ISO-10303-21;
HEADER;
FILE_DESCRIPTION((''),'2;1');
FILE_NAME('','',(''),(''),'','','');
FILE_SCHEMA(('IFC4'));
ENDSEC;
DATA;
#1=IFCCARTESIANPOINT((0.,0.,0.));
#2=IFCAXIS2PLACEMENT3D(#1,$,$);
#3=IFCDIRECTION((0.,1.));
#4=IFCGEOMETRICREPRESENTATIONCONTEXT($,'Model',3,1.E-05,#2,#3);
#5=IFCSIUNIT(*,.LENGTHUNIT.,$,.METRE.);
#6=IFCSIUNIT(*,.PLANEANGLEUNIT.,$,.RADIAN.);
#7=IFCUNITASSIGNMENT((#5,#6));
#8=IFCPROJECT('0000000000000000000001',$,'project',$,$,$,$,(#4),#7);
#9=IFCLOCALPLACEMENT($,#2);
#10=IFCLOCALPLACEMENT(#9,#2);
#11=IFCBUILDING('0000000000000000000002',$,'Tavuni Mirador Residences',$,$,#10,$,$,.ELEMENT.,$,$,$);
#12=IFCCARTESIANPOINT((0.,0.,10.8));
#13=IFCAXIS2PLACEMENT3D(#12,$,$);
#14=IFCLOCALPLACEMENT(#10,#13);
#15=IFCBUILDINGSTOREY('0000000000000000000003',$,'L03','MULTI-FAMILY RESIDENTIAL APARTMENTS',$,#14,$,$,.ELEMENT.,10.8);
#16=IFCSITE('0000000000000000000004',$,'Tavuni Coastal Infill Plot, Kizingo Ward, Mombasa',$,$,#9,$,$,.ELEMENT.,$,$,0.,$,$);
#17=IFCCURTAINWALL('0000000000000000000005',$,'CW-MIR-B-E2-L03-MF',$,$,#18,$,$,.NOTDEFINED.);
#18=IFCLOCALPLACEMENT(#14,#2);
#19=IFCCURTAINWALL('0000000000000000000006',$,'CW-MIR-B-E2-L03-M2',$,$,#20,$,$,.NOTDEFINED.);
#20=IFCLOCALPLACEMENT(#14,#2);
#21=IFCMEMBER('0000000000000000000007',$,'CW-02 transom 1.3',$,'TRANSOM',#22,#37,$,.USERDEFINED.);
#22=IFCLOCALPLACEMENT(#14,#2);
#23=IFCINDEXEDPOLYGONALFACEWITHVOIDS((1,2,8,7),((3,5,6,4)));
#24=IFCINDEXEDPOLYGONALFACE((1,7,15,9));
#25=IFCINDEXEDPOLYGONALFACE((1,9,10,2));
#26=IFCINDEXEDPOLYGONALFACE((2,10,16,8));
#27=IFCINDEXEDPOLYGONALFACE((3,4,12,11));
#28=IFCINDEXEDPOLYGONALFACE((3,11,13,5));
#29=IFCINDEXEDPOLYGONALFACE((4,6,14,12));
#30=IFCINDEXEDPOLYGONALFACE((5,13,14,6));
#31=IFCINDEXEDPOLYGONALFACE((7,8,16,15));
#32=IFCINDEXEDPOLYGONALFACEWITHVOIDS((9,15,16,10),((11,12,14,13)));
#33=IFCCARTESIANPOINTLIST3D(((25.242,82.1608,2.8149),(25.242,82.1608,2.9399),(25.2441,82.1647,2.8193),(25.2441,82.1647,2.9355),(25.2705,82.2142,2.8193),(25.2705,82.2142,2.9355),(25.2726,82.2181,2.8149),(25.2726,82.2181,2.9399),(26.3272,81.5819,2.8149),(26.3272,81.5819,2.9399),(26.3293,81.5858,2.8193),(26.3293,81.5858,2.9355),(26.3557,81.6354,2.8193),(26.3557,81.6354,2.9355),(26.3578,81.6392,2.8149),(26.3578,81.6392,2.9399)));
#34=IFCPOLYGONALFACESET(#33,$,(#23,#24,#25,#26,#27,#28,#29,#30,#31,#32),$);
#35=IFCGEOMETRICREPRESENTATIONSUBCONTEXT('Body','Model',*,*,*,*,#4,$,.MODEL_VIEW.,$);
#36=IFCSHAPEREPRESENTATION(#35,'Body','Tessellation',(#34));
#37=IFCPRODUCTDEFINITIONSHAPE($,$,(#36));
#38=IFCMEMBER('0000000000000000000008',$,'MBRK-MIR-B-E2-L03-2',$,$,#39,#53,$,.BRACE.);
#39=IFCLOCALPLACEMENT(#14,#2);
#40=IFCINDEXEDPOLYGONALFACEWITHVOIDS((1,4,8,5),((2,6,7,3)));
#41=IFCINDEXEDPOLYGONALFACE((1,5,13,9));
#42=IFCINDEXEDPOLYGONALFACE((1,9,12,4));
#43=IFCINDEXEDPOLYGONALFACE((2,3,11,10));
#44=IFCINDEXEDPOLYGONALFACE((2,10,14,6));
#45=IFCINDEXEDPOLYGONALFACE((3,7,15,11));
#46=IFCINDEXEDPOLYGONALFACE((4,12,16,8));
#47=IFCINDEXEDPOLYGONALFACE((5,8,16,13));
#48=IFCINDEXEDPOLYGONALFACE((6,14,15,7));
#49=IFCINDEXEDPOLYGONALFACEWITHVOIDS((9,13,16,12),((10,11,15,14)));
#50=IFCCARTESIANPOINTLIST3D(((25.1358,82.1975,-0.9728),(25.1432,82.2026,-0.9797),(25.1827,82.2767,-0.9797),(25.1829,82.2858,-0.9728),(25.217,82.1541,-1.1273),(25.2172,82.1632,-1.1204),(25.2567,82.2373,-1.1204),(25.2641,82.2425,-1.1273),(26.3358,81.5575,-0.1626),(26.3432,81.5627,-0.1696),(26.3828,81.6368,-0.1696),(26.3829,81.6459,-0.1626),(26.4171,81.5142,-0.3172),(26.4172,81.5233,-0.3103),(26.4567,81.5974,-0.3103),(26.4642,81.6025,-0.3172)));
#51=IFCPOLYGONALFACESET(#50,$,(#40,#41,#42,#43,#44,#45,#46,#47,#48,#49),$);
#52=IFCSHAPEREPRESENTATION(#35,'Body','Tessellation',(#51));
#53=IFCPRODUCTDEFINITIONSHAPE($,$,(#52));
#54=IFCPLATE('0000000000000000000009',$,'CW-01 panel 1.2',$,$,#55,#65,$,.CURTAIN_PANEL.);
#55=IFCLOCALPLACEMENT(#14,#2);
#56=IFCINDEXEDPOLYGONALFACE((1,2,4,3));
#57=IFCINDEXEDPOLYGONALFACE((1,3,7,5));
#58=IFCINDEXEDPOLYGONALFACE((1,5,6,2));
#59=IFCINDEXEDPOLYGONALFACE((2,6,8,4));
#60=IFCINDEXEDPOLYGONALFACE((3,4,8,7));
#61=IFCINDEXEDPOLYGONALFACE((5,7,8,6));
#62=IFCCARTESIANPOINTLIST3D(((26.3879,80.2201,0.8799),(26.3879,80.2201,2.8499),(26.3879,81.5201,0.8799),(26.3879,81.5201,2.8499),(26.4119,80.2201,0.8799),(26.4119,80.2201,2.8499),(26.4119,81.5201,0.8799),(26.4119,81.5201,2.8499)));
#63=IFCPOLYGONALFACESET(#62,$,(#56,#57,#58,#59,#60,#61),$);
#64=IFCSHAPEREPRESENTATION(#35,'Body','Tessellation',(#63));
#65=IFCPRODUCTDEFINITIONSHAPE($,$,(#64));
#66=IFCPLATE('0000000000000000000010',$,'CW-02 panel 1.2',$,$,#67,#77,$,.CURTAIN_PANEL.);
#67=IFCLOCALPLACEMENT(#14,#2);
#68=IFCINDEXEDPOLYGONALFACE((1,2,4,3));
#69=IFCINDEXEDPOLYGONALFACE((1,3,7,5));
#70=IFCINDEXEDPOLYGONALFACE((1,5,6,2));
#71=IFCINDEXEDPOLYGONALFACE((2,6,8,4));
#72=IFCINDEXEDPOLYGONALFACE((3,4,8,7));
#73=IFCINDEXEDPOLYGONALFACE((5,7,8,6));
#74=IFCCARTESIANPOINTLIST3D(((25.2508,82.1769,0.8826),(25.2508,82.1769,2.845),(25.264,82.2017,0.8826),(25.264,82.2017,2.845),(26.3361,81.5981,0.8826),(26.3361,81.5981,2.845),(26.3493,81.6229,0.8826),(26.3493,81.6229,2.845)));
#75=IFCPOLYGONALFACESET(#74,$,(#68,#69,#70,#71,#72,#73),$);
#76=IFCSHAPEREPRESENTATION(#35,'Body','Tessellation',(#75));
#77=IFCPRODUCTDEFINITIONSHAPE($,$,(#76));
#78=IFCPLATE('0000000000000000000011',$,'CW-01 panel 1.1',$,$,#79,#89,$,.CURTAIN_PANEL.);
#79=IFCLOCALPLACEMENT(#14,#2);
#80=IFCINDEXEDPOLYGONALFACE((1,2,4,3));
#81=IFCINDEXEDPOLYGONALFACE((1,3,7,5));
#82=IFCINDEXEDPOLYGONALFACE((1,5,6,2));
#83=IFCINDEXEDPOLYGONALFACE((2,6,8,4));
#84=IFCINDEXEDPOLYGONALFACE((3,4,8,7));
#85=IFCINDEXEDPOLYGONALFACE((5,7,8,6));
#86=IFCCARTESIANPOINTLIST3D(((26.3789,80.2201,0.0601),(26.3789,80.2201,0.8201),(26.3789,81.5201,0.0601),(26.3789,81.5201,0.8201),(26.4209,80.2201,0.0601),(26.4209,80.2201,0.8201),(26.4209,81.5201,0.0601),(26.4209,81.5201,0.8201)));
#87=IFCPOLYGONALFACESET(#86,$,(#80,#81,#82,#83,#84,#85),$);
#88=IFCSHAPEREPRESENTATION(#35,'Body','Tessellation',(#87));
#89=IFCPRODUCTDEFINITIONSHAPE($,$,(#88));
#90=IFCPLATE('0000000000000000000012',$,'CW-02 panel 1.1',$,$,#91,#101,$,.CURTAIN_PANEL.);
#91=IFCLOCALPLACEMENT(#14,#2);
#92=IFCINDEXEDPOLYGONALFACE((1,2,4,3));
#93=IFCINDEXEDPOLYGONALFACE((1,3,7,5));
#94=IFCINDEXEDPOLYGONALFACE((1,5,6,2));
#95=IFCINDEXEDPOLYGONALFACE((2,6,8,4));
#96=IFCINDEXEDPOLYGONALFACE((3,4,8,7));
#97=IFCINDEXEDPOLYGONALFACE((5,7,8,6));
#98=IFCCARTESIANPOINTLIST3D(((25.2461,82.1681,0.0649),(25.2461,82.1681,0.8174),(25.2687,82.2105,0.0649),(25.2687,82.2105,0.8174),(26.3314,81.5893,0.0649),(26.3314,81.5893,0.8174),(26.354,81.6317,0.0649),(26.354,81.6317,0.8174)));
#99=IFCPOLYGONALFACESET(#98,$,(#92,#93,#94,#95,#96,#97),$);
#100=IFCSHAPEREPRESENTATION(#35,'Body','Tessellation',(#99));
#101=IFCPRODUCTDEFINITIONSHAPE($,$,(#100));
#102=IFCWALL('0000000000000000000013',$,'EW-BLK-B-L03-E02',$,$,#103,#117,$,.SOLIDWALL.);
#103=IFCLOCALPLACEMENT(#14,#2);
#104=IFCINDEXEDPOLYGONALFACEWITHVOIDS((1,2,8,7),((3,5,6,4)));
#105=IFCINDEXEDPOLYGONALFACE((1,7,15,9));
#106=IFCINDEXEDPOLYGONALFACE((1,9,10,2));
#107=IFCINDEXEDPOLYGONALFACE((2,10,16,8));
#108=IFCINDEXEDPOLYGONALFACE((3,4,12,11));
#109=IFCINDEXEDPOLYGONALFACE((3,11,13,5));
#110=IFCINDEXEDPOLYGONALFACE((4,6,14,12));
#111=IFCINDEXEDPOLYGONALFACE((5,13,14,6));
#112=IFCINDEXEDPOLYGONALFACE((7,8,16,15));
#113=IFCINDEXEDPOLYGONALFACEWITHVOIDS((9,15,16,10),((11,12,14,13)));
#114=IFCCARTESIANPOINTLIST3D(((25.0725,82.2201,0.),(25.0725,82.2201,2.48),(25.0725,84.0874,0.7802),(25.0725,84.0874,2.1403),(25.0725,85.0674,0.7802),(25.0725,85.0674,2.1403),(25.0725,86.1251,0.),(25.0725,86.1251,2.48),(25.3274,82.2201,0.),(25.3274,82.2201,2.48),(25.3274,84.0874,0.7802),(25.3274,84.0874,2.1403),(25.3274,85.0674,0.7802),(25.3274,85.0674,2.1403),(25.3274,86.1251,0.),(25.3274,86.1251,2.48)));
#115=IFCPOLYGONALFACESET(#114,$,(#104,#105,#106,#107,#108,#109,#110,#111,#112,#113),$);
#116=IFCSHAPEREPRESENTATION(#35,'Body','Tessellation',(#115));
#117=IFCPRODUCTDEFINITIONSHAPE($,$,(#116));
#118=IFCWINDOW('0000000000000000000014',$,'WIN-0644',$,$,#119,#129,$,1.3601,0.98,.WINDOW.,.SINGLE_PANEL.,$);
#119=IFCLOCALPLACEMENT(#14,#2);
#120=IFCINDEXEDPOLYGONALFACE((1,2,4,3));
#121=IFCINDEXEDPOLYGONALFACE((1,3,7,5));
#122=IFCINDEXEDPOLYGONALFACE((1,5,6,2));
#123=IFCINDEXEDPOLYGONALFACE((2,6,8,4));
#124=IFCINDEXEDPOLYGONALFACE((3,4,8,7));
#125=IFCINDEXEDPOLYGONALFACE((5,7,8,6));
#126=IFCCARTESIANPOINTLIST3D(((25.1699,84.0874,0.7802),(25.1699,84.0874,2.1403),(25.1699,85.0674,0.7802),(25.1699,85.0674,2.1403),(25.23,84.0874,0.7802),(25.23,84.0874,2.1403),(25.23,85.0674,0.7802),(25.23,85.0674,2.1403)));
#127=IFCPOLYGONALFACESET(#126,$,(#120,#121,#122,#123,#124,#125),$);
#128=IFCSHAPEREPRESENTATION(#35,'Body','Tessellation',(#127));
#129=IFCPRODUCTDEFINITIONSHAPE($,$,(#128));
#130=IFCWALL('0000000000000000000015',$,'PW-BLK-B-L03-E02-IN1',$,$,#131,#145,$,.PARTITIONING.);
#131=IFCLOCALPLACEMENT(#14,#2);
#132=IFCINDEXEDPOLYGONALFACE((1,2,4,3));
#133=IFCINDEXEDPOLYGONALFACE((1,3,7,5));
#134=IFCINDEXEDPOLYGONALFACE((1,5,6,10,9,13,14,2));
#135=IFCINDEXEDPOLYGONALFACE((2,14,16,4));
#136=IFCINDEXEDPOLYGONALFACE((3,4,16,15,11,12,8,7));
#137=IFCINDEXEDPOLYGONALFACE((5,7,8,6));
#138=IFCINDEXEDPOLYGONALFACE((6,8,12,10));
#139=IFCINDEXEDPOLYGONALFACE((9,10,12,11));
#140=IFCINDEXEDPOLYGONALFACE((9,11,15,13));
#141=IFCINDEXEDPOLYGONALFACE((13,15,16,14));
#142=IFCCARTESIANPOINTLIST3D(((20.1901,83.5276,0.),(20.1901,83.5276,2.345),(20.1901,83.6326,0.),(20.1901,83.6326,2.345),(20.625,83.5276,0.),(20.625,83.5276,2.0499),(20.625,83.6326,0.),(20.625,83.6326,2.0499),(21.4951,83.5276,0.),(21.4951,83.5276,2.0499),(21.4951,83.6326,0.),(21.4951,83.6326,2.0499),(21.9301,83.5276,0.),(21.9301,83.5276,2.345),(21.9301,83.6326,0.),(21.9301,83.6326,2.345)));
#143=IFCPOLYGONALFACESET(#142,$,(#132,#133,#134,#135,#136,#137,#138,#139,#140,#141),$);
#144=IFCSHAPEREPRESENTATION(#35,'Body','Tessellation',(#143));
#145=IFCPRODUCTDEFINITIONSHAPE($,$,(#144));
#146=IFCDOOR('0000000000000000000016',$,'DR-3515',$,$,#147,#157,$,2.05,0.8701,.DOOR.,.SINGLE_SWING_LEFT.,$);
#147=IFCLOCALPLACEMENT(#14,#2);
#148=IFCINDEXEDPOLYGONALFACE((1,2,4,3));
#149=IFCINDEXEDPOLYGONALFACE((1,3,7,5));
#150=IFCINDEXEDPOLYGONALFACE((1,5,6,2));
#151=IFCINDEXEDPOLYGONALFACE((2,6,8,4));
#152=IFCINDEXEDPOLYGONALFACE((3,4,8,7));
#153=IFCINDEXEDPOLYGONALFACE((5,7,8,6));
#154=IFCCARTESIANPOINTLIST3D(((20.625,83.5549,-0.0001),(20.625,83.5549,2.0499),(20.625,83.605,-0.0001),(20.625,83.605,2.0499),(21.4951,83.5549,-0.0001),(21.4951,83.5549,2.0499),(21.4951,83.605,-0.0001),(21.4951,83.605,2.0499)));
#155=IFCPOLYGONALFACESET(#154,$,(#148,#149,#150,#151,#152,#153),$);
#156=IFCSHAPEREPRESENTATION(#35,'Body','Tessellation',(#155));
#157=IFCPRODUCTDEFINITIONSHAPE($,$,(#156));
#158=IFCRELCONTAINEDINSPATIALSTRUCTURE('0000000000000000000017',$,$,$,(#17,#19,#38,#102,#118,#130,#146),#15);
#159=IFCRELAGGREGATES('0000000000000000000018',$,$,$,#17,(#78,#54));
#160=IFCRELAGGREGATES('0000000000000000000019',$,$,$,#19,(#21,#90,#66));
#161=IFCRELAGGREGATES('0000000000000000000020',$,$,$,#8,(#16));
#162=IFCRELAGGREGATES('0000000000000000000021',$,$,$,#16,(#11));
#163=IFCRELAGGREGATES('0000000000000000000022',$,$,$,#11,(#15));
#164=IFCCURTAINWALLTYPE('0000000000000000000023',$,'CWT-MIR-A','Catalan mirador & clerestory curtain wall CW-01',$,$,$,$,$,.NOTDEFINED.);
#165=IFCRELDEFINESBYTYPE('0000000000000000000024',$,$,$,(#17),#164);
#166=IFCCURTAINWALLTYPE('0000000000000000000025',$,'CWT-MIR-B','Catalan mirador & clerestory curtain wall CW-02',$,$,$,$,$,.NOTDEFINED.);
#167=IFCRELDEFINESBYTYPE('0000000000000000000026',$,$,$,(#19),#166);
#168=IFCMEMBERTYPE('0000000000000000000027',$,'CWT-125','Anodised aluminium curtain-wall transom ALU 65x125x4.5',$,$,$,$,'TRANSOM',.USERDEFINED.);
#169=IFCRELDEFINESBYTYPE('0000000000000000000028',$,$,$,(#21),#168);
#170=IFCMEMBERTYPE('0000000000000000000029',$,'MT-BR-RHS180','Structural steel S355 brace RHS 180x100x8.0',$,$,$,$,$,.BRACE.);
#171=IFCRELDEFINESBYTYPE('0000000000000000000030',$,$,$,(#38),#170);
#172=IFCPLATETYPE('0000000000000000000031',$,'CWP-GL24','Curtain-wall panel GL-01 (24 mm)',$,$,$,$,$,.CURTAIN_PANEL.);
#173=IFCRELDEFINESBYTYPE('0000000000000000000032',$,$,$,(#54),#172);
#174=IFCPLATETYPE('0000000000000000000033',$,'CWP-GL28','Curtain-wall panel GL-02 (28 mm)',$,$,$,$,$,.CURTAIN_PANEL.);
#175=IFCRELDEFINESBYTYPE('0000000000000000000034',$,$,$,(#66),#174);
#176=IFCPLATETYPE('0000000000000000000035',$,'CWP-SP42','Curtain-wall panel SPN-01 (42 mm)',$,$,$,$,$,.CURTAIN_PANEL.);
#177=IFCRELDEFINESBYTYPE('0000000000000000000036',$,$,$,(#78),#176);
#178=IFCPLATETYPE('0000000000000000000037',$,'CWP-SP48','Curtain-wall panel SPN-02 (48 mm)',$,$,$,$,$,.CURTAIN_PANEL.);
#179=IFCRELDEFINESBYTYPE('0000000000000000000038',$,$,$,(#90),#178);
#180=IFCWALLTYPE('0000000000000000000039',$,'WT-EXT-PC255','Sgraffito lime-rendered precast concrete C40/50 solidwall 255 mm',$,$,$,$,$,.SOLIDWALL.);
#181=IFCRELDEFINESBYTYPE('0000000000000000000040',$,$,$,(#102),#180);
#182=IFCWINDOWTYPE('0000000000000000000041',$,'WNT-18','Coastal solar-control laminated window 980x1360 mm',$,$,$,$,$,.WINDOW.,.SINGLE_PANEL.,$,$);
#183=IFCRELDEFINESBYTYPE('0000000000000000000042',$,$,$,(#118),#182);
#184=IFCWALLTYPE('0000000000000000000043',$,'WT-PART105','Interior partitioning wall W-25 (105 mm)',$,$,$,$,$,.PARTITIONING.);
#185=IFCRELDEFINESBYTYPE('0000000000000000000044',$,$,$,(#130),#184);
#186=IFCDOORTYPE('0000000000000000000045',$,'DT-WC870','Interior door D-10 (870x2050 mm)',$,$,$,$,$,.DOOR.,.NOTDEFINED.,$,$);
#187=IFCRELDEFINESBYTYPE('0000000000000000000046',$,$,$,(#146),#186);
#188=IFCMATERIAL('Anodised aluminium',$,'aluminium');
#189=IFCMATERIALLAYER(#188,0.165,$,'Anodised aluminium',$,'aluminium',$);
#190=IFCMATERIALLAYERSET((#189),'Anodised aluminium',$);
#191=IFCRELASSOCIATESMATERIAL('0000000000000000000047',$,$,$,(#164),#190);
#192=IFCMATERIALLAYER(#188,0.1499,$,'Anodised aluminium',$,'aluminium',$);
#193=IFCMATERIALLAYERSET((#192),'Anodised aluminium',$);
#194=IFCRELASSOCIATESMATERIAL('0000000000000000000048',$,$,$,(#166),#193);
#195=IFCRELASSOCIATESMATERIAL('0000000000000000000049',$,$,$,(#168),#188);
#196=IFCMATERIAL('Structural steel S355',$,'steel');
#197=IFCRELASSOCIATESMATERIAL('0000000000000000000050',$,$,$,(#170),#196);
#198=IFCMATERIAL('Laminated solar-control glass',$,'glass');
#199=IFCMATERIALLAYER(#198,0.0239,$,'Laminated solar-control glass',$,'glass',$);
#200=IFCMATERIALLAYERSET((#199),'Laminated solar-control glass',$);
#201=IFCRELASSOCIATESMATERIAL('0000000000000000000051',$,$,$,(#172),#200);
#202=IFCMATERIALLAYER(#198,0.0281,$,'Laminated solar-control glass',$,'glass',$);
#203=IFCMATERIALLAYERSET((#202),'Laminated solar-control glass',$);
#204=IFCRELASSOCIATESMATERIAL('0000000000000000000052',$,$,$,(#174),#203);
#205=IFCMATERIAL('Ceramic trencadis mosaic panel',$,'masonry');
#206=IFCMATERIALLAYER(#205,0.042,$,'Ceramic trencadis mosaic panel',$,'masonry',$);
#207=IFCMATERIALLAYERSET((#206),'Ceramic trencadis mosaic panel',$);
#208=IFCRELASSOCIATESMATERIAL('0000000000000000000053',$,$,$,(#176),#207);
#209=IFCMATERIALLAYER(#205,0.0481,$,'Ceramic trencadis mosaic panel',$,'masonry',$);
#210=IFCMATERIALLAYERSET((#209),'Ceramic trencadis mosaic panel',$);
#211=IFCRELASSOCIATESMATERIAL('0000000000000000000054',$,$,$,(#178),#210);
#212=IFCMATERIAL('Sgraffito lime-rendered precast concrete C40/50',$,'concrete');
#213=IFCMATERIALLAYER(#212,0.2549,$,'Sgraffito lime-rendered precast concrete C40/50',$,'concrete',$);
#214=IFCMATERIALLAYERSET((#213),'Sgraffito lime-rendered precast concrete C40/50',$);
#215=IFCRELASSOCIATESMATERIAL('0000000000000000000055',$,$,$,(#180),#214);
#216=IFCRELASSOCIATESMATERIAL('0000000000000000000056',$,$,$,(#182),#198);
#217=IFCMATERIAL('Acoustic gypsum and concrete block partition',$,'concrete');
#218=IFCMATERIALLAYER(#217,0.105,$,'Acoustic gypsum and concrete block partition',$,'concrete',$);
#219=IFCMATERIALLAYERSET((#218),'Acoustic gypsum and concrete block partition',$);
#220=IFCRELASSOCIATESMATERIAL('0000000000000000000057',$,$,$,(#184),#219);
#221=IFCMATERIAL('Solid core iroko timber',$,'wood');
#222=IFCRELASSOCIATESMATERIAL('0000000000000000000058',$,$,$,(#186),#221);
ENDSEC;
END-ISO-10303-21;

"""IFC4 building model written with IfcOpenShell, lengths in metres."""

from ifc_helpers import new_model, si_unit, direction, frame, frame_2d, origin, origin_2d, place, context, subcontext, project, spatial, rectangle, hollow_rectangle, extrude, material, layer, layer_set, material_profile, profile_set, type_object, element, fill, aggregate, save


model = new_model("IFC4")

# Units and contexts
model_context = context("Model", 3, precision=1e-05, world=origin(), true_north=direction((0.0, 1.0)))
body_context = subcontext(model_context, "Body", "Model", "MODEL_VIEW")
ifc_project = project(units=[si_unit("LENGTHUNIT", "METRE"), si_unit("PLANEANGLEUNIT", "RADIAN")], contexts=[model_context])

# Site, building, storey
site_placement = place(None, origin())
site = spatial("IfcSite", under=ifc_project, at=site_placement, Name="Tavuni Coastal Infill Plot, Kizingo Ward, Mombasa", CompositionType="ELEMENT", RefElevation=0.0)
building_placement = place(site_placement, origin())
building = spatial("IfcBuilding", under=site, at=building_placement, Name="Tavuni Mirador Residences", CompositionType="ELEMENT")
storey_placement = place(building_placement, frame((0.0, 0.0, 10.8)))
storey = spatial("IfcBuildingStorey", under=building, at=storey_placement, Name="L03", Description="MULTI-FAMILY RESIDENTIAL APARTMENTS", CompositionType="ELEMENT", Elevation=10.8)

# Curtain walls
ifc_material_1 = material(Name="Anodised aluminium", Category="aluminium")
ifc_layer_1 = layer(ifc_material_1, 0.165, Name="Anodised aluminium", Category="aluminium")
ifc_layer_set_1 = layer_set([ifc_layer_1], Name="Anodised aluminium")
curtain_wall_type_1 = type_object("IfcCurtainWallType", Name="CWT-MIR-A", Description="Catalan mirador & clerestory curtain wall CW-01", PredefinedType="NOTDEFINED", material=ifc_layer_set_1)
curtain_wall_1_placement = place(storey_placement, origin())
curtain_wall_1 = element("IfcCurtainWall", 1, at=curtain_wall_1_placement, inside=storey, type_object=curtain_wall_type_1, Name="CW-MIR-B-E2-L03-MF", PredefinedType="NOTDEFINED")
ifc_layer_2 = layer(ifc_material_1, 0.1499, Name="Anodised aluminium", Category="aluminium")
ifc_layer_set_2 = layer_set([ifc_layer_2], Name="Anodised aluminium")
curtain_wall_type_2 = type_object("IfcCurtainWallType", Name="CWT-MIR-B", Description="Catalan mirador & clerestory curtain wall CW-02", PredefinedType="NOTDEFINED", material=ifc_layer_set_2)
curtain_wall_2_placement = place(storey_placement, origin())
curtain_wall_2 = element("IfcCurtainWall", 2, at=curtain_wall_2_placement, inside=storey, type_object=curtain_wall_type_2, Name="CW-MIR-B-E2-L03-M2", PredefinedType="NOTDEFINED")

# Members
ifc_material_profile_1 = material_profile(ifc_material_1, hollow_rectangle(XDim=0.0649, YDim=0.125, WallThickness=0.0044, at=origin_2d()), Name="ALU 65x125x4.5", Category="aluminium")
ifc_profile_set_1 = profile_set([ifc_material_profile_1], Name="Anodised aluminium")
member_type_1 = type_object("IfcMemberType", Name="CWT-125", Description="Anodised aluminium curtain-wall transom ALU 65x125x4.5", ElementType="TRANSOM", PredefinedType="USERDEFINED", material=ifc_profile_set_1)
member_1_placement = place(storey_placement, frame((26.3425, 81.6106, 2.8774), z_axis=(-0.882325, 0.47064, 0.0), x_axis=(-0.47064, -0.882325, 0.0)))
member_1 = element("IfcMember", 3, at=member_1_placement, type_object=member_type_1, Name="CW-02 transom 1.3", ObjectType="TRANSOM", PredefinedType="USERDEFINED", context=body_context, shape_type="SweptSolid", body=[
    extrude(hollow_rectangle(XDim=0.0649, YDim=0.125, WallThickness=0.0044, at=origin_2d()), origin(), (0.0, 0.0, 1.0), 1.23),
])
ifc_material_2 = material(Name="Structural steel S355", Category="steel")
ifc_material_profile_2 = material_profile(ifc_material_2, hollow_rectangle(XDim=0.1001, YDim=0.1799, WallThickness=0.0081, at=origin_2d()), Name="RHS 180x100x8.0", Category="steel")
ifc_profile_set_2 = profile_set([ifc_material_profile_2], Name="Structural steel S355")
member_type_2 = type_object("IfcMemberType", Name="MT-BR-RHS180", Description="Structural steel S355 brace RHS 180x100x8.0", PredefinedType="BRACE", material=ifc_profile_set_2)
member_2_placement = place(storey_placement, frame((25.2, 82.22, -1.05), z_axis=(0.758076, -0.404256, 0.511759), x_axis=(0.470542, 0.882378, 0.0)))
element("IfcMember", 4, at=member_2_placement, inside=storey, type_object=member_type_2, Name="MBRK-MIR-B-E2-L03-2", PredefinedType="BRACE", context=body_context, shape_type="SweptSolid", body=[
    extrude(hollow_rectangle(XDim=0.1001, YDim=0.1799, WallThickness=0.0081, at=origin_2d()), origin(), (0.0, 0.0, 1.0), 1.583),
])

# Plates
ifc_material_3 = material(Name="Laminated solar-control glass", Category="glass")
ifc_layer_3 = layer(ifc_material_3, 0.0239, Name="Laminated solar-control glass", Category="glass")
ifc_layer_set_3 = layer_set([ifc_layer_3], Name="Laminated solar-control glass")
plate_type_1 = type_object("IfcPlateType", Name="CWP-GL24", Description="Curtain-wall panel GL-01 (24 mm)", PredefinedType="CURTAIN_PANEL", material=ifc_layer_set_3)
plate_1_placement = place(storey_placement, frame((26.3999, 80.8701, 0.8799), z_axis=(0.0, 0.0, 1.0), x_axis=(0.0, 1.0, 0.0)))
plate_1 = element("IfcPlate", 5, at=plate_1_placement, type_object=plate_type_1, Name="CW-01 panel 1.2", PredefinedType="CURTAIN_PANEL", context=body_context, shape_type="SweptSolid", body=[
    extrude(rectangle(XDim=1.3, YDim=0.0239, at=origin_2d()), origin(), (0.0, 0.0, 1.0), 1.97),
])
ifc_layer_4 = layer(ifc_material_3, 0.0281, Name="Laminated solar-control glass", Category="glass")
ifc_layer_set_4 = layer_set([ifc_layer_4], Name="Laminated solar-control glass")
plate_type_2 = type_object("IfcPlateType", Name="CWP-GL28", Description="Curtain-wall panel GL-02 (28 mm)", PredefinedType="CURTAIN_PANEL", material=ifc_layer_set_4)
plate_2_placement = place(storey_placement, frame((25.8, 81.8999, 0.8826), z_axis=(0.0, 0.0, 1.0), x_axis=(-0.882353, 0.470588, 0.0)))
plate_2 = element("IfcPlate", 6, at=plate_2_placement, type_object=plate_type_2, Name="CW-02 panel 1.2", PredefinedType="CURTAIN_PANEL", context=body_context, shape_type="SweptSolid", body=[
    extrude(rectangle(XDim=1.23, YDim=0.0281, at=origin_2d()), origin(), (0.0, 0.0, 1.0), 1.9624),
])
ifc_material_4 = material(Name="Ceramic trencadis mosaic panel", Category="masonry")
ifc_layer_5 = layer(ifc_material_4, 0.042, Name="Ceramic trencadis mosaic panel", Category="masonry")
ifc_layer_set_5 = layer_set([ifc_layer_5], Name="Ceramic trencadis mosaic panel")
plate_type_3 = type_object("IfcPlateType", Name="CWP-SP42", Description="Curtain-wall panel SPN-01 (42 mm)", PredefinedType="CURTAIN_PANEL", material=ifc_layer_set_5)
plate_3_placement = place(storey_placement, frame((26.3999, 80.8701, 0.0601), z_axis=(0.0, 0.0, 1.0), x_axis=(0.0, 1.0, 0.0)))
plate_3 = element("IfcPlate", 7, at=plate_3_placement, type_object=plate_type_3, Name="CW-01 panel 1.1", PredefinedType="CURTAIN_PANEL", context=body_context, shape_type="SweptSolid", body=[
    extrude(rectangle(XDim=1.3, YDim=0.042, at=origin_2d()), origin(), (0.0, 0.0, 1.0), 0.76),
])
aggregate(curtain_wall_1, [plate_3, plate_1])
ifc_layer_6 = layer(ifc_material_4, 0.0481, Name="Ceramic trencadis mosaic panel", Category="masonry")
ifc_layer_set_6 = layer_set([ifc_layer_6], Name="Ceramic trencadis mosaic panel")
plate_type_4 = type_object("IfcPlateType", Name="CWP-SP48", Description="Curtain-wall panel SPN-02 (48 mm)", PredefinedType="CURTAIN_PANEL", material=ifc_layer_set_6)
plate_4_placement = place(storey_placement, frame((25.8, 81.8999, 0.0649), z_axis=(0.0, 0.0, 1.0), x_axis=(-0.882353, 0.470588, 0.0)))
plate_4 = element("IfcPlate", 8, at=plate_4_placement, type_object=plate_type_4, Name="CW-02 panel 1.1", PredefinedType="CURTAIN_PANEL", context=body_context, shape_type="SweptSolid", body=[
    extrude(rectangle(XDim=1.23, YDim=0.0481, at=origin_2d()), origin(), (0.0, 0.0, 1.0), 0.7524),
])
aggregate(curtain_wall_2, [member_1, plate_4, plate_2])

# Wall, opening, window
ifc_material_5 = material(Name="Sgraffito lime-rendered precast concrete C40/50", Category="concrete")
ifc_layer_7 = layer(ifc_material_5, 0.2549, Name="Sgraffito lime-rendered precast concrete C40/50", Category="concrete")
ifc_layer_set_7 = layer_set([ifc_layer_7], Name="Sgraffito lime-rendered precast concrete C40/50")
wall_type_1 = type_object("IfcWallType", Name="WT-EXT-PC255", Description="Sgraffito lime-rendered precast concrete C40/50 solidwall 255 mm", PredefinedType="SOLIDWALL", material=ifc_layer_set_7)
wall_1_placement = place(storey_placement, frame((25.2, 82.22, 0.0), z_axis=(0.0, 0.0, 1.0), x_axis=(0.0, 1.0, 0.0)))
wall_1 = element("IfcWall", 9, at=wall_1_placement, inside=storey, type_object=wall_type_1, Name="EW-BLK-B-L03-E02", PredefinedType="SOLIDWALL", context=body_context, shape_type="SweptSolid", body=[
    extrude(rectangle(XDim=3.905, YDim=0.2549, at=frame_2d((1.9526, 0.0))), origin(), (0.0, 0.0, 1.0), 2.48),
])
opening_1_placement = place(wall_1_placement, frame((1.8674, 0.0, 0.78)))
opening_1 = element("IfcOpeningElement", 10, at=opening_1_placement, cuts=wall_1, PredefinedType="OPENING", context=body_context, shape_type="SweptSolid", body=[
    extrude(rectangle(XDim=0.98, YDim=1.3601, at=frame_2d((0.49, 0.6802))), frame((0.0, 0.1375, 0.0), z_axis=(0.0, -1.0, 0.0), x_axis=(1.0, 0.0, 0.0)), (0.0, 0.0, 1.0), 0.2749),
])
window_type = type_object("IfcWindowType", Name="WNT-18", Description="Coastal solar-control laminated window 980x1360 mm", PartitioningType="SINGLE_PANEL", PredefinedType="WINDOW", material=ifc_material_3)
window_placement = place(opening_1_placement, origin())
window = element("IfcWindow", 11, at=window_placement, inside=storey, type_object=window_type, Name="WIN-0644", OverallHeight=1.3601, OverallWidth=0.98, PartitioningType="SINGLE_PANEL", PredefinedType="WINDOW", context=body_context, shape_type="SweptSolid", body=[
    extrude(rectangle(XDim=0.98, YDim=1.3601, at=frame_2d((0.49, 0.6802))), frame((0.0, 0.03, 0.0), z_axis=(0.0, -1.0, 0.0), x_axis=(1.0, 0.0, 0.0)), (0.0, 0.0, 1.0), 0.0601),
])
fill(opening_1, window)

# Wall, opening, door
ifc_material_6 = material(Name="Acoustic gypsum and concrete block partition", Category="concrete")
ifc_layer_8 = layer(ifc_material_6, 0.105, Name="Acoustic gypsum and concrete block partition", Category="concrete")
ifc_layer_set_8 = layer_set([ifc_layer_8], Name="Acoustic gypsum and concrete block partition")
wall_type_2 = type_object("IfcWallType", Name="WT-PART105", Description="Interior partitioning wall W-25 (105 mm)", PredefinedType="PARTITIONING", material=ifc_layer_set_8)
wall_2_placement = place(storey_placement, frame((20.1899, 83.5801, 0.0), z_axis=(0.0, 0.0, 1.0), x_axis=(1.0, 0.0, 0.0)))
wall_2 = element("IfcWall", 12, at=wall_2_placement, inside=storey, type_object=wall_type_2, Name="PW-BLK-B-L03-E02-IN1", PredefinedType="PARTITIONING", context=body_context, shape_type="SweptSolid", body=[
    extrude(rectangle(XDim=1.74, YDim=0.105, at=frame_2d((0.8701, 0.0))), origin(), (0.0, 0.0, 1.0), 2.345),
])
opening_2_placement = place(wall_2_placement, frame((0.4351, 0.0, 0.0)))
opening_2 = element("IfcOpeningElement", 13, at=opening_2_placement, cuts=wall_2, PredefinedType="OPENING", context=body_context, shape_type="SweptSolid", body=[
    extrude(rectangle(XDim=0.8701, YDim=2.05, at=frame_2d((0.4351, 1.0249))), frame((0.0, 0.0625, 0.0), z_axis=(0.0, -1.0, 0.0), x_axis=(1.0, 0.0, 0.0)), (0.0, 0.0, 1.0), 0.125),
])
ifc_material_7 = material(Name="Solid core iroko timber", Category="wood")
door_type_1 = type_object("IfcDoorType", Name="DT-WC870", Description="Interior door D-10 (870x2050 mm)", OperationType="NOTDEFINED", PredefinedType="DOOR", material=ifc_material_7)
door_1_placement = place(opening_2_placement, origin())
door_1 = element("IfcDoor", 14, at=door_1_placement, inside=storey, type_object=door_type_1, Name="DR-3515", OperationType="SINGLE_SWING_LEFT", OverallHeight=2.05, OverallWidth=0.8701, PredefinedType="DOOR", context=body_context, shape_type="SweptSolid", body=[
    extrude(rectangle(XDim=0.8701, YDim=2.05, at=frame_2d((0.4351, 1.0249))), frame((0.0, 0.0249, 0.0), z_axis=(0.0, -1.0, 0.0), x_axis=(1.0, 0.0, 0.0)), (0.0, 0.0, 1.0), 0.05),
])
fill(opening_2, door_1)

save(model, "model.ifc")
